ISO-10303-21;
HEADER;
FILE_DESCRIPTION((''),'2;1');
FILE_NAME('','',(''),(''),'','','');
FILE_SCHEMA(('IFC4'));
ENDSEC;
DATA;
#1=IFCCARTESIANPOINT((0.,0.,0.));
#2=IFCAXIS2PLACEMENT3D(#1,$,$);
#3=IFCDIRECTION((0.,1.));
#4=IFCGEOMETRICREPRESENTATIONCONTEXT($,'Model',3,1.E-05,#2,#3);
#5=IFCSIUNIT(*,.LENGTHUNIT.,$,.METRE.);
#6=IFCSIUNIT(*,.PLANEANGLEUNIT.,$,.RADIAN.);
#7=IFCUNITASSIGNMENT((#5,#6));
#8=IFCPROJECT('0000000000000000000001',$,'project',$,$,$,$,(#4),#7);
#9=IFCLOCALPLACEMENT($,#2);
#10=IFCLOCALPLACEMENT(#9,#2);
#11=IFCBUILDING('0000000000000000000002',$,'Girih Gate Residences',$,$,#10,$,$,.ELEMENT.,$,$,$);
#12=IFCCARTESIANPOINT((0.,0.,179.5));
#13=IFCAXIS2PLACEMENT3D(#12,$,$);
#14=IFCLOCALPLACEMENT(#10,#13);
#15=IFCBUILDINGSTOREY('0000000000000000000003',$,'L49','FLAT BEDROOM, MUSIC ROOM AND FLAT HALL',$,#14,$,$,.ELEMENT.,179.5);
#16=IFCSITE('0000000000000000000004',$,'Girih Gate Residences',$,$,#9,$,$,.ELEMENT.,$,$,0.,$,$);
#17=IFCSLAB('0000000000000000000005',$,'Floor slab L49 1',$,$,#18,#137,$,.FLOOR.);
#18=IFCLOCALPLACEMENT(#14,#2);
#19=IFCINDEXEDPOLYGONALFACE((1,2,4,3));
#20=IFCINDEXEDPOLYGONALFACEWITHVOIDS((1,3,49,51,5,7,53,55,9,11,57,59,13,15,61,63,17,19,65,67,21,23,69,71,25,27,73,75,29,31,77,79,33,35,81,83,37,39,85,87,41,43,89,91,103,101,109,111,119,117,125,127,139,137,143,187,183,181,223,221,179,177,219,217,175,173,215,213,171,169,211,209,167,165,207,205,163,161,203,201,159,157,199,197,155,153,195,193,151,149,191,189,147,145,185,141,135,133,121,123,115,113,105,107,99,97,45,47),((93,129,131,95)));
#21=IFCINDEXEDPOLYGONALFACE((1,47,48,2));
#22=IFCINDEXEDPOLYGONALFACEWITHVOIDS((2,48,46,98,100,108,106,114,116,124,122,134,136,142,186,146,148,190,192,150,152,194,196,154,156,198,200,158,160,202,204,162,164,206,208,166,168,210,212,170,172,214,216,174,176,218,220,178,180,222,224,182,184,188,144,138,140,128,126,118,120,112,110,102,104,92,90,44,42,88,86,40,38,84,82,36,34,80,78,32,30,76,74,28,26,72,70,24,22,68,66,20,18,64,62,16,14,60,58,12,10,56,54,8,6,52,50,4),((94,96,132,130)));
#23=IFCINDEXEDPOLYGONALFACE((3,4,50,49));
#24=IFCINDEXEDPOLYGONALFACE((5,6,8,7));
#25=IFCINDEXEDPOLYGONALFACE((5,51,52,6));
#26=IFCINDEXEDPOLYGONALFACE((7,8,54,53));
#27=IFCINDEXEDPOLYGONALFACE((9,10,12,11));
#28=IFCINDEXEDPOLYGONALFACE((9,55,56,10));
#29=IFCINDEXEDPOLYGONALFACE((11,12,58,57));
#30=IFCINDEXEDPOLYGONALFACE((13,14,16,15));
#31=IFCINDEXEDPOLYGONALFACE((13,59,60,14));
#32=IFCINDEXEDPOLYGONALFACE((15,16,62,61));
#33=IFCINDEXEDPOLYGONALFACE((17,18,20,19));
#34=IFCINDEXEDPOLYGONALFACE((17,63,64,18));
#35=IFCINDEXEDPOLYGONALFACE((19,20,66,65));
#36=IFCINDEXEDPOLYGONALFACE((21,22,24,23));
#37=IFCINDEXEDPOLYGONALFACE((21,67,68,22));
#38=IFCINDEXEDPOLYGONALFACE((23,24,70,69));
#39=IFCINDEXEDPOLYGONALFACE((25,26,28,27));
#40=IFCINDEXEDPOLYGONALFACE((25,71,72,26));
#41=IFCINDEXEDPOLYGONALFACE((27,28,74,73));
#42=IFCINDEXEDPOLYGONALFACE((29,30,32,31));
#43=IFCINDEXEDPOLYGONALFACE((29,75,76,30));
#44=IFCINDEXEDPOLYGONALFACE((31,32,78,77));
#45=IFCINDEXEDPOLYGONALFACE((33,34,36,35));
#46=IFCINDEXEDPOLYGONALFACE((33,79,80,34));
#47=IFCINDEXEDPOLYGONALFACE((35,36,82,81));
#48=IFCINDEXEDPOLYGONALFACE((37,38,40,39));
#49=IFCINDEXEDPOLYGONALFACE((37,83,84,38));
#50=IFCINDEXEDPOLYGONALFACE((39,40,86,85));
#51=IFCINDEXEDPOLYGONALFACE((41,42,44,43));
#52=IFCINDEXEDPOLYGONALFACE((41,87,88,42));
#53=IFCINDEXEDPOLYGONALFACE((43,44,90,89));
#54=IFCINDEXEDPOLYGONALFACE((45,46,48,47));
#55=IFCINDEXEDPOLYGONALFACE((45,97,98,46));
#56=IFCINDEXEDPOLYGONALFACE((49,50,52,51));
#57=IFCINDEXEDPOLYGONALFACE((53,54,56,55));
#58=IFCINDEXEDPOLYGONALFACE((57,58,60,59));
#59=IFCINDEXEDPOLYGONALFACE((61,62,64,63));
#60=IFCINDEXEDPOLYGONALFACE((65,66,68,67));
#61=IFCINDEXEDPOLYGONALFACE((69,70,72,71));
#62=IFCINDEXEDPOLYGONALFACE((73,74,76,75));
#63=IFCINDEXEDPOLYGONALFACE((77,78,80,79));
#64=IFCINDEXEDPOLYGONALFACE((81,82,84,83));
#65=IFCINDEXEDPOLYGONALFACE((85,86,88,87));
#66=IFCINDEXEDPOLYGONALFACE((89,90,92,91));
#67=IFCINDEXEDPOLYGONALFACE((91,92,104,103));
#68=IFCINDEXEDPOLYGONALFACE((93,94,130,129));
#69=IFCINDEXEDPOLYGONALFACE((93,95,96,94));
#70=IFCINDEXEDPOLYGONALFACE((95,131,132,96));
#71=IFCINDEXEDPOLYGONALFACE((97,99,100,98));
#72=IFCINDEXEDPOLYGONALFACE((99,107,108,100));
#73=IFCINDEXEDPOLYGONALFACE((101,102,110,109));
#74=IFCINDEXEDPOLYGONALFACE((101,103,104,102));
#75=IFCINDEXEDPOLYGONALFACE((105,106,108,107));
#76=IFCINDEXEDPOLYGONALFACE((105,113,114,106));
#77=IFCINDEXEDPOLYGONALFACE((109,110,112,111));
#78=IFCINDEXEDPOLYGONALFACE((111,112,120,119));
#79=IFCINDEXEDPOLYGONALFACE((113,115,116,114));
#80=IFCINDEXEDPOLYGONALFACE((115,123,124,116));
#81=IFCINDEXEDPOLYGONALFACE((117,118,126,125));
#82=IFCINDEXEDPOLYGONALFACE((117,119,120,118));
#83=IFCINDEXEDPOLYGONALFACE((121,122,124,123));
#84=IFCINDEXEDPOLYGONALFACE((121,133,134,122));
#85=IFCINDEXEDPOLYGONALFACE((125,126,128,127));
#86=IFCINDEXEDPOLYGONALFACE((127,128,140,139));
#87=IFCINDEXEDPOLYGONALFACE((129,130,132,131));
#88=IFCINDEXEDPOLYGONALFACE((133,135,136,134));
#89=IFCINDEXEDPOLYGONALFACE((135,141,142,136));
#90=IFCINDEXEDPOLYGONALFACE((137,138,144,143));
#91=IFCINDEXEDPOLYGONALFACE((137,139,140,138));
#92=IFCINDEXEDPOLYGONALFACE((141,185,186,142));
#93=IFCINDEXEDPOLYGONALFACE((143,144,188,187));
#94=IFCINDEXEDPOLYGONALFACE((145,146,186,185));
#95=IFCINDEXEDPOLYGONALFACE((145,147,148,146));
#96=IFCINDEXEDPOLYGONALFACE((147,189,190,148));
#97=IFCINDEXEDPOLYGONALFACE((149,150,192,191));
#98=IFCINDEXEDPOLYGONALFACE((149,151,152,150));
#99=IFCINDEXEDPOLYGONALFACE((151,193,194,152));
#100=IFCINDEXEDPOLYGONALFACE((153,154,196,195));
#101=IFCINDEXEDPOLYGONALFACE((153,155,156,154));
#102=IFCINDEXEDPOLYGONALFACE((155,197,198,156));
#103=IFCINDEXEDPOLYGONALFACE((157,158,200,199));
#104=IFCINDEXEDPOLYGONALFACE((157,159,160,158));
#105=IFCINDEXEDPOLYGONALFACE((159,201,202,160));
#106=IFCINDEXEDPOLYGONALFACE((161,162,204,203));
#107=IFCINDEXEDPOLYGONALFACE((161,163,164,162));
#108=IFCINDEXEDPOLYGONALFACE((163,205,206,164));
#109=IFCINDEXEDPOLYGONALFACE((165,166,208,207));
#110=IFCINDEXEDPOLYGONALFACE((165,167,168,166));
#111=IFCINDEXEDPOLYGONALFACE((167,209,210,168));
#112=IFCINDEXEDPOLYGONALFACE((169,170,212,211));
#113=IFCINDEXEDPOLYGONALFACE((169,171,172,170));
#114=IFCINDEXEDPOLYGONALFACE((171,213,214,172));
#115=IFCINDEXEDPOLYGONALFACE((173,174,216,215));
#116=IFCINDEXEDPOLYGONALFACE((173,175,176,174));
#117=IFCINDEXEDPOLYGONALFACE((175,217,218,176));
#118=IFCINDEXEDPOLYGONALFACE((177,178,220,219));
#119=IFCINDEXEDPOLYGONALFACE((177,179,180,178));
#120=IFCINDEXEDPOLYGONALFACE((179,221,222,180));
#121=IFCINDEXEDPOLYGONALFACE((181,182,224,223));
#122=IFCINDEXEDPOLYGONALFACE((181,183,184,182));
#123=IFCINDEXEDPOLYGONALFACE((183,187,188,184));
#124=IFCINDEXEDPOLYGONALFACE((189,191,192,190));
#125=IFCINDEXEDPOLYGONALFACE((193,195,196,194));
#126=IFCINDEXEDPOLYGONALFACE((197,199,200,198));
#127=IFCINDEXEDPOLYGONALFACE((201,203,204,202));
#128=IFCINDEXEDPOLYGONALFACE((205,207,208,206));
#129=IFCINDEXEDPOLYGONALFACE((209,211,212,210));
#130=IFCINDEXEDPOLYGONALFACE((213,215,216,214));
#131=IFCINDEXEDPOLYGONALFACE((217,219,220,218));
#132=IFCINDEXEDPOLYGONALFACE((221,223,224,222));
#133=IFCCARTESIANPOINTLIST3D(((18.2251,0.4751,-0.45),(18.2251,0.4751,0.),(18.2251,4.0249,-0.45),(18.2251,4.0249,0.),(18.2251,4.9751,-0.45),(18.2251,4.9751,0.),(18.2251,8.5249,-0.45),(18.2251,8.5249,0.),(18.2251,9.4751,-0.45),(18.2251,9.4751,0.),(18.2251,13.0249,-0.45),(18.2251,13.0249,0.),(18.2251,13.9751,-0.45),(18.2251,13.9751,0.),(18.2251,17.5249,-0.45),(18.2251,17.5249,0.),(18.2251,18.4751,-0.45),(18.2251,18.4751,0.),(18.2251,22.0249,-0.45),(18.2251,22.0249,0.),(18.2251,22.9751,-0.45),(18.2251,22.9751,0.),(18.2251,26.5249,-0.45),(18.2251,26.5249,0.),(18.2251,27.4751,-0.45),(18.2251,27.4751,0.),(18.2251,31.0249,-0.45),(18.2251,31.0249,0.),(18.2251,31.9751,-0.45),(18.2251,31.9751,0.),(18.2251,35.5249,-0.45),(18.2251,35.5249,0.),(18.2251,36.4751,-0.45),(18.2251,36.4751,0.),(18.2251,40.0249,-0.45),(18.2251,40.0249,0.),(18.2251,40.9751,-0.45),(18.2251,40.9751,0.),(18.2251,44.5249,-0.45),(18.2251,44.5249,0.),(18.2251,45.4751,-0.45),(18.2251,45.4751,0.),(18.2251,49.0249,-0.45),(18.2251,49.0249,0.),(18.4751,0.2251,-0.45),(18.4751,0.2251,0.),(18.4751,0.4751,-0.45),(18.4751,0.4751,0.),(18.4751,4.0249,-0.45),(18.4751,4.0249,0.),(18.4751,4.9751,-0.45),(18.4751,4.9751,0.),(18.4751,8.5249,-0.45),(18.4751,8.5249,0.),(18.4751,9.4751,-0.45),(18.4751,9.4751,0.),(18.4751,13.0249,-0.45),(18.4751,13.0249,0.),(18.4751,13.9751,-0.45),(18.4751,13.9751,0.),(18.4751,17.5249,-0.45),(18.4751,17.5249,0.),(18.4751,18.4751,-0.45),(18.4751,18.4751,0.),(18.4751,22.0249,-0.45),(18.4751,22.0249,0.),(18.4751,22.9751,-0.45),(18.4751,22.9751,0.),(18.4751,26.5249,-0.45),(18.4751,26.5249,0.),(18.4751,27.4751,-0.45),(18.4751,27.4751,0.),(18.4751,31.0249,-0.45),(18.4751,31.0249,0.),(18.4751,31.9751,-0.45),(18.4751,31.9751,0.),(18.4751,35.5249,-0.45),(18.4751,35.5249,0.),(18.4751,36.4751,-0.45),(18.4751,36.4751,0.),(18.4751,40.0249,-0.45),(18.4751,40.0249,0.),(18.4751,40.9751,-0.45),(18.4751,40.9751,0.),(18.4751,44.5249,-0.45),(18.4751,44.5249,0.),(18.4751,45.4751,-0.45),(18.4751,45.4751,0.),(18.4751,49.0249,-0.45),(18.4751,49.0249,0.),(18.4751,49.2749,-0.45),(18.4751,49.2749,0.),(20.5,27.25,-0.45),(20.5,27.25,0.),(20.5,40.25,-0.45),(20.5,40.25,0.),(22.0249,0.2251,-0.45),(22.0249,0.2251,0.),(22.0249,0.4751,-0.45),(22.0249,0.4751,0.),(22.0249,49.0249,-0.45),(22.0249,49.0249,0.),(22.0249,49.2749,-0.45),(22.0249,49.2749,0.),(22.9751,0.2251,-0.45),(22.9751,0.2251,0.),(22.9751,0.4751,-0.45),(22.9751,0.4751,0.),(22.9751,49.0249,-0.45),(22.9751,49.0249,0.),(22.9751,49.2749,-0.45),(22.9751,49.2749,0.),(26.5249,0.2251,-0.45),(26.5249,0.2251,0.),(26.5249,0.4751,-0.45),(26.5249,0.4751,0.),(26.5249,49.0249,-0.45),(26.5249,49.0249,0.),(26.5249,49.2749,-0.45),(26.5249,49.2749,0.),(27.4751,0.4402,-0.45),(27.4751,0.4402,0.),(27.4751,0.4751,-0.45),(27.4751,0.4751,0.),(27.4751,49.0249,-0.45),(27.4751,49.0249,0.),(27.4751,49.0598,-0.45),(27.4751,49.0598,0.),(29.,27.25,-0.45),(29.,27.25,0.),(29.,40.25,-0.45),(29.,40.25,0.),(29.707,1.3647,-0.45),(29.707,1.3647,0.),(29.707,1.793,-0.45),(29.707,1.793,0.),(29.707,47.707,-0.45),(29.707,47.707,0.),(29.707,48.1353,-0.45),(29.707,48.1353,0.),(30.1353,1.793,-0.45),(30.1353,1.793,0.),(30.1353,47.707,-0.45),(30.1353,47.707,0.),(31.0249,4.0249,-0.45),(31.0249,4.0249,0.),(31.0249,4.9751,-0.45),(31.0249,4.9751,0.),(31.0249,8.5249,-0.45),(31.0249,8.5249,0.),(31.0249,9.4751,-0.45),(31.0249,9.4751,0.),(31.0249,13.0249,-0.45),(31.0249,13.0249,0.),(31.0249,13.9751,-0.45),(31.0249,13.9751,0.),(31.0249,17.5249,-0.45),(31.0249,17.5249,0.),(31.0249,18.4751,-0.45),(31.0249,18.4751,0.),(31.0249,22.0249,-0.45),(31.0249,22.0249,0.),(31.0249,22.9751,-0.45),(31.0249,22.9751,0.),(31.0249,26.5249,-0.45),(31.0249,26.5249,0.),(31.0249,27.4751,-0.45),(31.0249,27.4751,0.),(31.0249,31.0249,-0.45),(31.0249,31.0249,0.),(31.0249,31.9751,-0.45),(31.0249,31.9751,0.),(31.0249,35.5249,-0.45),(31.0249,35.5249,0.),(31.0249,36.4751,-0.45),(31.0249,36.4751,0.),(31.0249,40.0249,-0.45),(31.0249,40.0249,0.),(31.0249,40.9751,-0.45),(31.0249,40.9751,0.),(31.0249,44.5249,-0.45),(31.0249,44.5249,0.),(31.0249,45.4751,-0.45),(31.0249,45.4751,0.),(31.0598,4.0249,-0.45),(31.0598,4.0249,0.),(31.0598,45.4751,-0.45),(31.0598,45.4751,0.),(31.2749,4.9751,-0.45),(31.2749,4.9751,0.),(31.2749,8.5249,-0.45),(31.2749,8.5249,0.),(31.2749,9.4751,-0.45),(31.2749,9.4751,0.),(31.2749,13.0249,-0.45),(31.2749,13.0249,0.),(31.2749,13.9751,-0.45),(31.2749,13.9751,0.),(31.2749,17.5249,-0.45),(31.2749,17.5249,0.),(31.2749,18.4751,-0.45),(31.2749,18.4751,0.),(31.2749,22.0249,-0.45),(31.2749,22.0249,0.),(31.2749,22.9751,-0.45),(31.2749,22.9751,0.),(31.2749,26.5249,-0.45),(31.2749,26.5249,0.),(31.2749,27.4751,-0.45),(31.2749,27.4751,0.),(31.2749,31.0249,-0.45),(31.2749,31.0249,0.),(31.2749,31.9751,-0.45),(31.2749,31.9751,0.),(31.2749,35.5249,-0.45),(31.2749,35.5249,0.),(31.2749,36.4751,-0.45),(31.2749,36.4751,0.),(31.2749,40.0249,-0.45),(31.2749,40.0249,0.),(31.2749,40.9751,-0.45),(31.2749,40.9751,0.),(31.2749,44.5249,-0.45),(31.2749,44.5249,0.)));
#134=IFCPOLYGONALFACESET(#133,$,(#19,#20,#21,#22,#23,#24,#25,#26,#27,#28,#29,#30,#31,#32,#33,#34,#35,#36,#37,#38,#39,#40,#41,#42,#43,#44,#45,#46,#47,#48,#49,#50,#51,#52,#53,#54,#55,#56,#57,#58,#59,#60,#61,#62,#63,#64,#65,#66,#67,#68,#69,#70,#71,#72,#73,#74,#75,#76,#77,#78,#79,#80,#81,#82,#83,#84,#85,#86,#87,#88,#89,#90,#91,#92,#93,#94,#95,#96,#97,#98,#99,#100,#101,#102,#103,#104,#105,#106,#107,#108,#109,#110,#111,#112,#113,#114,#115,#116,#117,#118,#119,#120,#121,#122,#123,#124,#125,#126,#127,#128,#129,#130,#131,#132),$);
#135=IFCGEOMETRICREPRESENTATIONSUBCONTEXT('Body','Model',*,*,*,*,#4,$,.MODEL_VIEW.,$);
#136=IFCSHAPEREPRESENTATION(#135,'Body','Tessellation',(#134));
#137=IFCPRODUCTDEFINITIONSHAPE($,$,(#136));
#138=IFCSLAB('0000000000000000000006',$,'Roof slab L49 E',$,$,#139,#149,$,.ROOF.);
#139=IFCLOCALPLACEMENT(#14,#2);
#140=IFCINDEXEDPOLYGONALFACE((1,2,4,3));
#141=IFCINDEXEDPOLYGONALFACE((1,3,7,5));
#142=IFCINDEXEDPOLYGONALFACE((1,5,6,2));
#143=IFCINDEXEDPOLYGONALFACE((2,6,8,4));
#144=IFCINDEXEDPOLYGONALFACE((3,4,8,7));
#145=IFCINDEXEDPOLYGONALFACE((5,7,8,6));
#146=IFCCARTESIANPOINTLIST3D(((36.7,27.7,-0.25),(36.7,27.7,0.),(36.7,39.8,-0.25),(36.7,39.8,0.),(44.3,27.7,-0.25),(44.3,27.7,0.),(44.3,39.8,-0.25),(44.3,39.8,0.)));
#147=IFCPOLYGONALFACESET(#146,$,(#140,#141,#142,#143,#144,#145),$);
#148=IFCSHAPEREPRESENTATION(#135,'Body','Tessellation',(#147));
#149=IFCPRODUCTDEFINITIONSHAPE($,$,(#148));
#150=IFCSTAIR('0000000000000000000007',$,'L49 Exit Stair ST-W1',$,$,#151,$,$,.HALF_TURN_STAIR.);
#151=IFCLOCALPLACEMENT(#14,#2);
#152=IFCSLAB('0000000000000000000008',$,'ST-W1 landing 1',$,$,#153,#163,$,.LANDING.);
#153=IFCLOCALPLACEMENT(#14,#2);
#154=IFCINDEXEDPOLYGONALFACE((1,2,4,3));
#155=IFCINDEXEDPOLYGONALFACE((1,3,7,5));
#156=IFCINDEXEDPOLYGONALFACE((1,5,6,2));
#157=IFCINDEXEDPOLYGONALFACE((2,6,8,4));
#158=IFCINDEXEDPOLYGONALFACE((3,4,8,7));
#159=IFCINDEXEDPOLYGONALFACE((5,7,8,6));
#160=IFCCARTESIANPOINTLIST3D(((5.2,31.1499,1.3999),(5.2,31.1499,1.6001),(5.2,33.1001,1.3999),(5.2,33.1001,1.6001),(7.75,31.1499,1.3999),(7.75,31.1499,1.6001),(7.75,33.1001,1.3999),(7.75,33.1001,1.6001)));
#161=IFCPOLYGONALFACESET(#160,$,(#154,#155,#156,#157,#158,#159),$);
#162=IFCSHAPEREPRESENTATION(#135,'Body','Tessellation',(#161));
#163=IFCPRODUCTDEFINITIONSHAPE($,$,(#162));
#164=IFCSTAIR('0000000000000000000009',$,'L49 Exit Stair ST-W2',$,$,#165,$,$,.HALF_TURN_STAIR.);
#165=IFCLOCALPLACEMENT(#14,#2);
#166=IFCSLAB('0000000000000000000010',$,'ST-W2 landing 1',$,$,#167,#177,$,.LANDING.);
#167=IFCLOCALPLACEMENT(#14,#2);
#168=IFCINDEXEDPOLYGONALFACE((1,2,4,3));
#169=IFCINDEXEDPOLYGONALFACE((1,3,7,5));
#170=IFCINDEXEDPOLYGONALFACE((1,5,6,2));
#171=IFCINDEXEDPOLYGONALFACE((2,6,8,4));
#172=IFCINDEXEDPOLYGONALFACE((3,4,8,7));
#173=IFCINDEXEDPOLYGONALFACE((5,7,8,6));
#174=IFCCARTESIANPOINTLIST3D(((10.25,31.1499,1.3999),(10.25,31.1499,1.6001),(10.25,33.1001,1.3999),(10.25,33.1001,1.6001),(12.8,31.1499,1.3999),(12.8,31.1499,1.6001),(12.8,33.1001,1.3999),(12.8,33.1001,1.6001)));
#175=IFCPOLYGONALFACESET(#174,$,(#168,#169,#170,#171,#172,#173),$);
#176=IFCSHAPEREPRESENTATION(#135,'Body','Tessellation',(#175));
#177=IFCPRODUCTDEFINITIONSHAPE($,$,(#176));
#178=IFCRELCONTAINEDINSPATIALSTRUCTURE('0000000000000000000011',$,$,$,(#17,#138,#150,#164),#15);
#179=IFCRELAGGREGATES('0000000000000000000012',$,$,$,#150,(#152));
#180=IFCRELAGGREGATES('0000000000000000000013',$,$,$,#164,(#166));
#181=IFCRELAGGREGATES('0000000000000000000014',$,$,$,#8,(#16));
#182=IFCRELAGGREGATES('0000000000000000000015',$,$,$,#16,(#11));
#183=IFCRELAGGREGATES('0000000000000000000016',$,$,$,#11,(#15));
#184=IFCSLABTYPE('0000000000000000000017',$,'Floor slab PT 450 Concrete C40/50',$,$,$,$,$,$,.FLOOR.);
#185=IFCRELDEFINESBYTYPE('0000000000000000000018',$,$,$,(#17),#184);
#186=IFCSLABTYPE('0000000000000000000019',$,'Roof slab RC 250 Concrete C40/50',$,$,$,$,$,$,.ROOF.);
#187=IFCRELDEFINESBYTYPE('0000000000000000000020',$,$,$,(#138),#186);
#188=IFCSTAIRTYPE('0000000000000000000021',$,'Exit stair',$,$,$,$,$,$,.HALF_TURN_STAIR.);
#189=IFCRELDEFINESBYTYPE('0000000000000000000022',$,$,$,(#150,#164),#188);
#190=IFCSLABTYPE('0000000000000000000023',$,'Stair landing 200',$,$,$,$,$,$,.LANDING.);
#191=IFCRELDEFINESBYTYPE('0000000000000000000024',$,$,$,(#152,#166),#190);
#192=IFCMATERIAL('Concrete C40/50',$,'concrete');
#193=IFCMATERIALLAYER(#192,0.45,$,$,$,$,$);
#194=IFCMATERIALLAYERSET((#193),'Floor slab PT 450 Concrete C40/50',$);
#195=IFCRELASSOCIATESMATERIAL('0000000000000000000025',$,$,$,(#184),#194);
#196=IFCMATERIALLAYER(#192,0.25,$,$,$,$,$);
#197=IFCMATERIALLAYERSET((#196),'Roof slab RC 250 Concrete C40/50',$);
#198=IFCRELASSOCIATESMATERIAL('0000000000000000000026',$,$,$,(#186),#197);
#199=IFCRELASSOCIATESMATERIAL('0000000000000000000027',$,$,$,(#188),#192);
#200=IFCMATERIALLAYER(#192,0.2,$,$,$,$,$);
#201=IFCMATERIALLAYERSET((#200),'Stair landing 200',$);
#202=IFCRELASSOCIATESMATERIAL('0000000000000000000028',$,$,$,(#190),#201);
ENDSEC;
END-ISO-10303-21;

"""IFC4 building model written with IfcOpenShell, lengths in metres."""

from ifc_helpers import new_model, si_unit, direction, frame, origin, place, context, subcontext, project, spatial, polyline, outline, extrude, material, layer, layer_set, type_object, element, aggregate, save


model = new_model("IFC4")

# Units and contexts
model_context = context("Model", 3, precision=1e-05, world=origin(), true_north=direction((0.0, 1.0)))
body_context = subcontext(model_context, "Body", "Model", "MODEL_VIEW")
ifc_project = project(units=[si_unit("LENGTHUNIT", "METRE"), si_unit("PLANEANGLEUNIT", "RADIAN")], contexts=[model_context])

# Site, building, storey
site_placement = place(None, origin())
site = spatial("IfcSite", under=ifc_project, at=site_placement, Name="Girih Gate Residences", CompositionType="ELEMENT", RefElevation=0.0)
building_placement = place(site_placement, origin())
building = spatial("IfcBuilding", under=site, at=building_placement, Name="Girih Gate Residences", CompositionType="ELEMENT")
storey_placement = place(building_placement, frame((0.0, 0.0, 179.5)))
storey = spatial("IfcBuildingStorey", under=building, at=storey_placement, Name="L49", Description="FLAT BEDROOM, MUSIC ROOM AND FLAT HALL", CompositionType="ELEMENT", Elevation=179.5)

# Slabs
ifc_material_1 = material(Name="Concrete C40/50", Category="concrete")
ifc_layer_1 = layer(ifc_material_1, 0.45)
ifc_layer_set_1 = layer_set([ifc_layer_1], Name="Floor slab PT 450 Concrete C40/50")
slab_type_1 = type_object("IfcSlabType", Name="Floor slab PT 450 Concrete C40/50", PredefinedType="FLOOR", material=ifc_layer_set_1)
slab_1_placement = place(storey_placement, frame((0.0, 0.0, -0.45)))
element("IfcSlab", 1, at=slab_1_placement, inside=storey, type_object=slab_type_1, Name="Floor slab L49 1", PredefinedType="FLOOR", context=body_context, shape_type="SweptSolid", body=[
    extrude(outline(polyline([(22.9751, 0.2251), (26.5249, 0.2251), (26.5249, 0.4751), (27.4751, 0.4751), (27.4751, 0.4402), (29.707, 1.3647), (29.707, 1.793), (30.1353, 1.793), (31.0598, 4.0249), (31.0249, 4.0249), (31.0249, 4.9751), (31.2749, 4.9751), (31.2749, 8.5249), (31.0249, 8.5249), (31.0249, 9.4751), (31.2749, 9.4751), (31.2749, 13.0249), (31.0249, 13.0249), (31.0249, 13.9751), (31.2749, 13.9751), (31.2749, 17.5249), (31.0249, 17.5249), (31.0249, 18.4751), (31.2749, 18.4751), (31.2749, 22.0249), (31.0249, 22.0249), (31.0249, 22.9751), (31.2749, 22.9751), (31.2749, 26.5249), (31.0249, 26.5249), (31.0249, 27.4751), (31.2749, 27.4751), (31.2749, 31.0249), (31.0249, 31.0249), (31.0249, 31.9751), (31.2749, 31.9751), (31.2749, 35.5249), (31.0249, 35.5249), (31.0249, 36.4751), (31.2749, 36.4751), (31.2749, 40.0249), (31.0249, 40.0249), (31.0249, 40.9751), (31.2749, 40.9751), (31.2749, 44.5249), (31.0249, 44.5249), (31.0249, 45.4751), (31.0598, 45.4751), (30.1353, 47.707), (29.707, 47.707), (29.707, 48.1353), (27.4751, 49.0598), (27.4751, 49.0249), (26.5249, 49.0249), (26.5249, 49.2749), (22.9751, 49.2749), (22.9751, 49.0249), (22.0249, 49.0249), (22.0249, 49.2749), (18.4751, 49.2749), (18.4751, 49.0249), (18.2251, 49.0249), (18.2251, 45.4751), (18.4751, 45.4751), (18.4751, 44.5249), (18.2251, 44.5249), (18.2251, 40.9751), (18.4751, 40.9751), (18.4751, 40.0249), (18.2251, 40.0249), (18.2251, 36.4751), (18.4751, 36.4751), (18.4751, 35.5249), (18.2251, 35.5249), (18.2251, 31.9751), (18.4751, 31.9751), (18.4751, 31.0249), (18.2251, 31.0249), (18.2251, 27.4751), (18.4751, 27.4751), (18.4751, 26.5249), (18.2251, 26.5249), (18.2251, 22.9751), (18.4751, 22.9751), (18.4751, 22.0249), (18.2251, 22.0249), (18.2251, 18.4751), (18.4751, 18.4751), (18.4751, 17.5249), (18.2251, 17.5249), (18.2251, 13.9751), (18.4751, 13.9751), (18.4751, 13.0249), (18.2251, 13.0249), (18.2251, 9.4751), (18.4751, 9.4751), (18.4751, 8.5249), (18.2251, 8.5249), (18.2251, 4.9751), (18.4751, 4.9751), (18.4751, 4.0249), (18.2251, 4.0249), (18.2251, 0.4751), (18.4751, 0.4751), (18.4751, 0.2251), (22.0249, 0.2251), (22.0249, 0.4751), (22.9751, 0.4751), (22.9751, 0.2251)]), holes=[polyline([(29.0, 40.25), (29.0, 27.25), (20.5, 27.25), (20.5, 40.25), (29.0, 40.25)])]), origin(), (0.0, 0.0, 1.0), 0.45),
])
ifc_layer_2 = layer(ifc_material_1, 0.25)
ifc_layer_set_2 = layer_set([ifc_layer_2], Name="Roof slab RC 250 Concrete C40/50")
slab_type_2 = type_object("IfcSlabType", Name="Roof slab RC 250 Concrete C40/50", PredefinedType="ROOF", material=ifc_layer_set_2)
slab_2_placement = place(storey_placement, frame((0.0, 0.0, -0.25)))
element("IfcSlab", 2, at=slab_2_placement, inside=storey, type_object=slab_type_2, Name="Roof slab L49 E", PredefinedType="ROOF", context=body_context, shape_type="SweptSolid", body=[
    extrude(outline(polyline([(44.3, 27.7), (44.3, 39.8), (36.7, 39.8), (36.7, 27.7), (44.3, 27.7)])), origin(), (0.0, 0.0, 1.0), 0.25),
])

# Stairs, slabs
stair_type_1 = type_object("IfcStairType", Name="Exit stair", PredefinedType="HALF_TURN_STAIR", material=ifc_material_1)
stair_1_placement = place(storey_placement, origin())
stair_1 = element("IfcStair", 3, at=stair_1_placement, inside=storey, type_object=stair_type_1, Name="L49 Exit Stair ST-W1", PredefinedType="HALF_TURN_STAIR")
ifc_layer_3 = layer(ifc_material_1, 0.2)
ifc_layer_set_3 = layer_set([ifc_layer_3], Name="Stair landing 200")
slab_type_3 = type_object("IfcSlabType", Name="Stair landing 200", PredefinedType="LANDING", material=ifc_layer_set_3)
slab_3_placement = place(storey_placement, frame((0.0, 0.0, 1.3999)))
slab_3 = element("IfcSlab", 4, at=slab_3_placement, type_object=slab_type_3, Name="ST-W1 landing 1", PredefinedType="LANDING", context=body_context, shape_type="SweptSolid", body=[
    extrude(outline(polyline([(7.75, 31.1499), (7.75, 33.1001), (5.2, 33.1001), (5.2, 31.1499), (7.75, 31.1499)])), origin(), (0.0, 0.0, 1.0), 0.2002),
])
aggregate(stair_1, [slab_3])
stair_2_placement = place(storey_placement, origin())
stair_2 = element("IfcStair", 5, at=stair_2_placement, inside=storey, type_object=stair_type_1, Name="L49 Exit Stair ST-W2", PredefinedType="HALF_TURN_STAIR")
slab_4_placement = place(storey_placement, frame((0.0, 0.0, 1.3999)))
slab_4 = element("IfcSlab", 6, at=slab_4_placement, type_object=slab_type_3, Name="ST-W2 landing 1", PredefinedType="LANDING", context=body_context, shape_type="SweptSolid", body=[
    extrude(outline(polyline([(12.8, 31.1499), (12.8, 33.1001), (10.25, 33.1001), (10.25, 31.1499), (12.8, 31.1499)])), origin(), (0.0, 0.0, 1.0), 0.2002),
])
aggregate(stair_2, [slab_4])

save(model, "model.ifc")
